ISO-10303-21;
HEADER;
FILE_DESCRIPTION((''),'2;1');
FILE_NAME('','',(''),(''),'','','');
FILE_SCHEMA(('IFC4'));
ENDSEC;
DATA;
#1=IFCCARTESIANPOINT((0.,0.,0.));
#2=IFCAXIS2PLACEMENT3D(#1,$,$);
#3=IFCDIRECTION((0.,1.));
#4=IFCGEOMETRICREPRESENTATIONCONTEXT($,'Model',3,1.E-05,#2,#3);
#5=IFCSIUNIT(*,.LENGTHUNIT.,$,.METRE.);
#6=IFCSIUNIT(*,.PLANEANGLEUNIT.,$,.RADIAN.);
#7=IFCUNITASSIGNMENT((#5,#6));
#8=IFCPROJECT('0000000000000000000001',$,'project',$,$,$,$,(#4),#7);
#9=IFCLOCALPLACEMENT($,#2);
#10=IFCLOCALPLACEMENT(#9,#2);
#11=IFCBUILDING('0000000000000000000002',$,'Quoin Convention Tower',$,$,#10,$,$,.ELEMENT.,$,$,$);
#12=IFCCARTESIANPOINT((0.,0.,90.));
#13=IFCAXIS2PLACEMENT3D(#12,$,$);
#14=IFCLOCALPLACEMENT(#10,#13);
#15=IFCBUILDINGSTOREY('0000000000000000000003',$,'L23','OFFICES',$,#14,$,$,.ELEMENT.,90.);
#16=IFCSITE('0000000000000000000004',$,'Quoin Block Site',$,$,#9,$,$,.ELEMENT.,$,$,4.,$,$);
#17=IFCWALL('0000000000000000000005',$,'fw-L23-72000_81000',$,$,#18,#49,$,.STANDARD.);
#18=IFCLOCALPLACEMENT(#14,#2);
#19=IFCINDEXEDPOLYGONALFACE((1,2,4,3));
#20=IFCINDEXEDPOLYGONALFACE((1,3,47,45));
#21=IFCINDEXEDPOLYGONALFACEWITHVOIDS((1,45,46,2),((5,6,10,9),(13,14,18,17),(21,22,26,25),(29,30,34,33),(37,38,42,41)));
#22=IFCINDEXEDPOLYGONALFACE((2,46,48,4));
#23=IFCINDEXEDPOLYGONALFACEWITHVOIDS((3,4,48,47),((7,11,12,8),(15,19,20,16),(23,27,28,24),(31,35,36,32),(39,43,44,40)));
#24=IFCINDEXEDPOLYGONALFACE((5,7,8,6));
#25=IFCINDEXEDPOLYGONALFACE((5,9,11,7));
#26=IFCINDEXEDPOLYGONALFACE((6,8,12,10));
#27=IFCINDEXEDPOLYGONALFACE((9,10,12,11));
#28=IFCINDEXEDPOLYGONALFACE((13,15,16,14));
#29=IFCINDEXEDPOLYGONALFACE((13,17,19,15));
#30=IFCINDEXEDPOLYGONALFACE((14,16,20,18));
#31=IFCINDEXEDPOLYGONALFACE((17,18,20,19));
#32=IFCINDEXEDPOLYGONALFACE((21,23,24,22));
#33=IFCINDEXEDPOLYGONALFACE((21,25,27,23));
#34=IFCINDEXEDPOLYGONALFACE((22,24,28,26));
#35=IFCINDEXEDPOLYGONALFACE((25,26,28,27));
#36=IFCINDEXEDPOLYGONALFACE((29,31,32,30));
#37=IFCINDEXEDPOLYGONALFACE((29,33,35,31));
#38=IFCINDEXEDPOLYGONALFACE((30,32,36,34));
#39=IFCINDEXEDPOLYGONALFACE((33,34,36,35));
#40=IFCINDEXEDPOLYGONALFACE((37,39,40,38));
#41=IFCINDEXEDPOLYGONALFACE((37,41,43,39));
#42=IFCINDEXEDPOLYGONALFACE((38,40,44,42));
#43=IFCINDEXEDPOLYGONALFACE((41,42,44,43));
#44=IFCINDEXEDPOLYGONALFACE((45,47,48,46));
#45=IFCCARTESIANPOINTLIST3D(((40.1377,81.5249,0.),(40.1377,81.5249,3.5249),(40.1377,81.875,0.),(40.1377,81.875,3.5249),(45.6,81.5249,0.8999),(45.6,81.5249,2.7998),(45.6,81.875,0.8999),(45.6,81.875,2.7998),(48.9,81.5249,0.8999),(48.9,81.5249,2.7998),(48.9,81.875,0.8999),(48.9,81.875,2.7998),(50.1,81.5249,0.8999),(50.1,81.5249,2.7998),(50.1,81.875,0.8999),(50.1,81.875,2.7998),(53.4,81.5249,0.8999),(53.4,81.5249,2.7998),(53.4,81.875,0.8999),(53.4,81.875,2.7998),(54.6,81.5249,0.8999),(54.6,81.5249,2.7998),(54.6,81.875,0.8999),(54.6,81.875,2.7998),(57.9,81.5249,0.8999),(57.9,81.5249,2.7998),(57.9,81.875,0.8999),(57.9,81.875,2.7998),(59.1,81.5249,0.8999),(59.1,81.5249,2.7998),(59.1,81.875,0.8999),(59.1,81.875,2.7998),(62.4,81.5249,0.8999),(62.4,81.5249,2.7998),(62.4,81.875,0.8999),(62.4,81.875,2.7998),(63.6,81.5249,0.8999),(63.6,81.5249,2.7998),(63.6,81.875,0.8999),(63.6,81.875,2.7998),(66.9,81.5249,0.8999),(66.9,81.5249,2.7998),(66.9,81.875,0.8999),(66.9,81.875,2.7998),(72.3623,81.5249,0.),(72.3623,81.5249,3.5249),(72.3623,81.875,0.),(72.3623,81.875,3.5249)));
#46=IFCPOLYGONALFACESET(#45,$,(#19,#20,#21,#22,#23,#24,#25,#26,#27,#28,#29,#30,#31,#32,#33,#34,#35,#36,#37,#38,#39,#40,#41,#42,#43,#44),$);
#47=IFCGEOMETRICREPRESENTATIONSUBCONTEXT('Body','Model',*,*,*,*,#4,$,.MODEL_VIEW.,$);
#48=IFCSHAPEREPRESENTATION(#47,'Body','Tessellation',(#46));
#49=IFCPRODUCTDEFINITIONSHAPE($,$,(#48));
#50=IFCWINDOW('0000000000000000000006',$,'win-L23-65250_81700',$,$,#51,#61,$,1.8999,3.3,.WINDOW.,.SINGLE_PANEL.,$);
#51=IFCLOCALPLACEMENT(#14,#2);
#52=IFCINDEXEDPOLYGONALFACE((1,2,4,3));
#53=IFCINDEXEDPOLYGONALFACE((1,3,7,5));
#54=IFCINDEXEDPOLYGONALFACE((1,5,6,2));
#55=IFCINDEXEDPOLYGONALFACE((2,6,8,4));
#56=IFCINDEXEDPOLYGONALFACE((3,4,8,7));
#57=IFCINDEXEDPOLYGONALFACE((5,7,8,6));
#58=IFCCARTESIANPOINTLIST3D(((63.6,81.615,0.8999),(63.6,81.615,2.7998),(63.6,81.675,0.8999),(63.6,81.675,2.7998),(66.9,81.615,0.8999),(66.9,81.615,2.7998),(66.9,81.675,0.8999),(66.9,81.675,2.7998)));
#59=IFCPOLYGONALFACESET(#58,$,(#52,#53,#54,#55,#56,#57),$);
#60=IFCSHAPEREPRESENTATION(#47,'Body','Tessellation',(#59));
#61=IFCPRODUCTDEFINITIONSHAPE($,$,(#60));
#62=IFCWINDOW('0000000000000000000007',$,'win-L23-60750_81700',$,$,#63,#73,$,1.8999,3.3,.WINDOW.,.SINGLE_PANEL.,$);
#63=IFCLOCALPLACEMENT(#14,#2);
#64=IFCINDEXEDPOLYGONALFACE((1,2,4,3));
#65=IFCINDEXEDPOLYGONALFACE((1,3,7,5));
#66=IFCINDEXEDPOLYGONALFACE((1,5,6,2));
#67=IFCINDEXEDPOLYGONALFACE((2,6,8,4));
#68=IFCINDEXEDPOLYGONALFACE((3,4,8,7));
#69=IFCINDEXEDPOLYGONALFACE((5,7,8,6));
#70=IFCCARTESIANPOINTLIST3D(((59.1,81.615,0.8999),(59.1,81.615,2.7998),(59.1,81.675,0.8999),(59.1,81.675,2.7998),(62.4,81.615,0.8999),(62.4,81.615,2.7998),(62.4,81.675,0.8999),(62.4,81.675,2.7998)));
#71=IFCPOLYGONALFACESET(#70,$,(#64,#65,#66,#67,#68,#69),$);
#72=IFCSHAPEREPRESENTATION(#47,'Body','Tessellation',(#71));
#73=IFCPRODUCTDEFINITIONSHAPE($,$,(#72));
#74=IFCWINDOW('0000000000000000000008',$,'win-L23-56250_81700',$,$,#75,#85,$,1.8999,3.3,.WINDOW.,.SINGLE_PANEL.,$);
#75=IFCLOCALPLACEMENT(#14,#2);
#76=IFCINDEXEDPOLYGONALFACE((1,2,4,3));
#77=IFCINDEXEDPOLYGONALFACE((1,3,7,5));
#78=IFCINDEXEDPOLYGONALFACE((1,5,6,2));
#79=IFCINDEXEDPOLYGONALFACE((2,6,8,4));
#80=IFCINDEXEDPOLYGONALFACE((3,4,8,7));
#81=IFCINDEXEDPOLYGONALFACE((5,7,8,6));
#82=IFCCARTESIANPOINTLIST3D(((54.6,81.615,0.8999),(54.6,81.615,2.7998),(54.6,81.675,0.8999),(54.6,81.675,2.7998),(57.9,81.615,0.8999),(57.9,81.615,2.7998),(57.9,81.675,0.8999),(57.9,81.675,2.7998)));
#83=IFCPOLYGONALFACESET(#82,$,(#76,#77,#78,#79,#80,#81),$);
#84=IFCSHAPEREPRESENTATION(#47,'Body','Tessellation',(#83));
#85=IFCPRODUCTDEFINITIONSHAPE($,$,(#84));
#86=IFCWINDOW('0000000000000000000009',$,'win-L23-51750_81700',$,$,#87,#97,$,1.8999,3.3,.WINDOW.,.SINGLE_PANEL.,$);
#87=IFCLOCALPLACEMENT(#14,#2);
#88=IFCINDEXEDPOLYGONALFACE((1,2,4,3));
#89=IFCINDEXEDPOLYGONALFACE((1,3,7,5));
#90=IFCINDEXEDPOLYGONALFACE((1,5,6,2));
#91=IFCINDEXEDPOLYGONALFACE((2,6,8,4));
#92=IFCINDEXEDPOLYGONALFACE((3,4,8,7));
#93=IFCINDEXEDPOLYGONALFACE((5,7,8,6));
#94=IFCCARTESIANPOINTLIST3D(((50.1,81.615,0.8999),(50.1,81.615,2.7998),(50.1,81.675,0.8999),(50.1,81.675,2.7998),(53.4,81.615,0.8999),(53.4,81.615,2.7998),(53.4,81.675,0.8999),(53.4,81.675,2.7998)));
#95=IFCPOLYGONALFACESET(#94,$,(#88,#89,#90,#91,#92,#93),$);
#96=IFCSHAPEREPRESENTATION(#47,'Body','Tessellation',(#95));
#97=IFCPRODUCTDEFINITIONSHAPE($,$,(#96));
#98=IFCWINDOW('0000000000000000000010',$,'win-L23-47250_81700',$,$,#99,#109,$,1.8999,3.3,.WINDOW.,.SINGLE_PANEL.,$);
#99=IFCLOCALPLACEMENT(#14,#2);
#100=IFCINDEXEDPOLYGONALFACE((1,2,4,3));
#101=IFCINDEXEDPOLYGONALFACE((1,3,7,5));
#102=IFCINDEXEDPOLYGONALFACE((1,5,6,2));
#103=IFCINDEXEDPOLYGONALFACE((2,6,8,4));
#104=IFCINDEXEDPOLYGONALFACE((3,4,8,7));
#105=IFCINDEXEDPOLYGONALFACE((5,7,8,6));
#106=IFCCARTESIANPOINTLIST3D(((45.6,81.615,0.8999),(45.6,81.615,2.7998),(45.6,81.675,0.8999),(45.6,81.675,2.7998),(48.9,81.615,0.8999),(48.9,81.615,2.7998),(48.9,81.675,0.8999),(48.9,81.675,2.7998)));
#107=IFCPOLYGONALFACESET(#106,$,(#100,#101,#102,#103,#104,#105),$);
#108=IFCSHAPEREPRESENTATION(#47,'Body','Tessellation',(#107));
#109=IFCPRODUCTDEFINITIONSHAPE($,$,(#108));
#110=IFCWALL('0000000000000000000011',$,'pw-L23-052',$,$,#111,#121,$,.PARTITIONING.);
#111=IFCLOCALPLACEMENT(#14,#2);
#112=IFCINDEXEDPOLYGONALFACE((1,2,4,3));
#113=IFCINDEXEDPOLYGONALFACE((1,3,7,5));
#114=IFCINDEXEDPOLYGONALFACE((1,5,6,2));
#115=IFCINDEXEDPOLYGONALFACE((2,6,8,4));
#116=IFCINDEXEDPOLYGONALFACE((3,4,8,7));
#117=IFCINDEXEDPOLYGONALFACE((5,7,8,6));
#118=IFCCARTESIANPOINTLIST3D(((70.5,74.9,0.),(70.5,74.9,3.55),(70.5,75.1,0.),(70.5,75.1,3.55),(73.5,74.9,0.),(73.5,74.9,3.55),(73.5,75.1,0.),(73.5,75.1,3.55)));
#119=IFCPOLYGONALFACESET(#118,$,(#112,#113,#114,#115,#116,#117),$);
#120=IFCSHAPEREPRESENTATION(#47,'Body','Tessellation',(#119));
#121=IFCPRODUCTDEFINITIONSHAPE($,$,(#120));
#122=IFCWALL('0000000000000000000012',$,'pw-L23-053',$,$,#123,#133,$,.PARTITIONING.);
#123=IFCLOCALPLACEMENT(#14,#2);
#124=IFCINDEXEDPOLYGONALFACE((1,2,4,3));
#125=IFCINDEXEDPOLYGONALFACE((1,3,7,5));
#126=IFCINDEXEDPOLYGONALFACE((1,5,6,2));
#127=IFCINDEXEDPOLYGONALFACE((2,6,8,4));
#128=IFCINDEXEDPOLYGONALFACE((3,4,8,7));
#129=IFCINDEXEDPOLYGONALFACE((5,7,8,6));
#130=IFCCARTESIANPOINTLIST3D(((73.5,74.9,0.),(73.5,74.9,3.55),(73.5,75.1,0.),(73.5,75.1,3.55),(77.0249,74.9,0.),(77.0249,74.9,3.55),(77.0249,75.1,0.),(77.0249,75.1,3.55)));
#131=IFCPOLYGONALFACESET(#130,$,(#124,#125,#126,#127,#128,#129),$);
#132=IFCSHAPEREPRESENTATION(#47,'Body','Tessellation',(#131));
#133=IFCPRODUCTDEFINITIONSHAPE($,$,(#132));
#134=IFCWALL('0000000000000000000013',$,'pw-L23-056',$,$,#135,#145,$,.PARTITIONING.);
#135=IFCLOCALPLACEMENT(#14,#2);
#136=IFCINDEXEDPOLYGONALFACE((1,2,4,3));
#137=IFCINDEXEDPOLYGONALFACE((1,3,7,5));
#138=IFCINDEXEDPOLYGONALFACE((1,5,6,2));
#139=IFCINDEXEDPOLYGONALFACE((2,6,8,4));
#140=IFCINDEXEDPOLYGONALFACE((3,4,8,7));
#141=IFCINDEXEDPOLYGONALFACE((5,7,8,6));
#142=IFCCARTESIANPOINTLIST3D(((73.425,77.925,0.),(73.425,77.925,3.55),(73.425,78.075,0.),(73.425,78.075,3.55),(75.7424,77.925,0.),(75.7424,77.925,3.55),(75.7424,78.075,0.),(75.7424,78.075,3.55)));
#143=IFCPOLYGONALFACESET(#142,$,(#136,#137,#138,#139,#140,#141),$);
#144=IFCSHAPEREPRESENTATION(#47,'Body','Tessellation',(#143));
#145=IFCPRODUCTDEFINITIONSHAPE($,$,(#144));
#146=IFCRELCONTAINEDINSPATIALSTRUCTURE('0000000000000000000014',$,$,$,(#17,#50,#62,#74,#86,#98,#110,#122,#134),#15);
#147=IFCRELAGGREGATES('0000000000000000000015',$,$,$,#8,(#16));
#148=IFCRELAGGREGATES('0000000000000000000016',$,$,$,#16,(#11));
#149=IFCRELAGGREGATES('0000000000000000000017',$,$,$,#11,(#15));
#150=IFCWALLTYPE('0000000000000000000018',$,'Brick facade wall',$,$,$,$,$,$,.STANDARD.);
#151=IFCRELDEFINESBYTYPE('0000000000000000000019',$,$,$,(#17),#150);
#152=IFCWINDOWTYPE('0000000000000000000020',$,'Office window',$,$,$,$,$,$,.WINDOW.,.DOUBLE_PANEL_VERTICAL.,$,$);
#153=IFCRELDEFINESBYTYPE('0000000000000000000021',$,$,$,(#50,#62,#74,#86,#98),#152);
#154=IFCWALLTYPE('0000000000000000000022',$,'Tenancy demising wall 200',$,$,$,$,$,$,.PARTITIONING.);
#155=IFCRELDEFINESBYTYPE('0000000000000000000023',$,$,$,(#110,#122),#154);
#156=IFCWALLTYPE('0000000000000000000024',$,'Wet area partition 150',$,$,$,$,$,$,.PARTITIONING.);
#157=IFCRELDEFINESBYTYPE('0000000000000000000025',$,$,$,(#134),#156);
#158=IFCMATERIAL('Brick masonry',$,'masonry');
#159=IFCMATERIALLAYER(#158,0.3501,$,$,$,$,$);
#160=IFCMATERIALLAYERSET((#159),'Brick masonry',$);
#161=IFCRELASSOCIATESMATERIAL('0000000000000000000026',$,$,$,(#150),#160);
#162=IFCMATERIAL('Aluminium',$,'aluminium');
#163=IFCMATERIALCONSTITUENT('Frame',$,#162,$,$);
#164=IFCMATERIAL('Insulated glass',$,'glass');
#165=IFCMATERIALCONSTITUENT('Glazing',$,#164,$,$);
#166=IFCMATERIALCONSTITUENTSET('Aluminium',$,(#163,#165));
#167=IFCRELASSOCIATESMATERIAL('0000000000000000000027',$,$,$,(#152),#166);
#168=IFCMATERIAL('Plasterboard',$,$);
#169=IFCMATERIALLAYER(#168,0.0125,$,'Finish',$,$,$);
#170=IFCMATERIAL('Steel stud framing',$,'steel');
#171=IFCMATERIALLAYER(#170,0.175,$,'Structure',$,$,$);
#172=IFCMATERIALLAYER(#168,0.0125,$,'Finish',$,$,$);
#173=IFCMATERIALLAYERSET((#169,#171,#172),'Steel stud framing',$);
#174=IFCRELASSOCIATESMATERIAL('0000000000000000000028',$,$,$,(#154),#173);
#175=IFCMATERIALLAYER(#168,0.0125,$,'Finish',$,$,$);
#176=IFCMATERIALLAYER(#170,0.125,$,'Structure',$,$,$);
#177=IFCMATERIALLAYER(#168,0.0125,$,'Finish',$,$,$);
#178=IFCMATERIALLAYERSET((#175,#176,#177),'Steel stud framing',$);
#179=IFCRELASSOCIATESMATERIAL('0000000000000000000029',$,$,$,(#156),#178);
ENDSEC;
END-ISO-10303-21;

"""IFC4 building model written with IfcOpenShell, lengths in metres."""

from ifc_helpers import new_model, si_unit, direction, frame, frame_2d, origin, place, context, subcontext, project, spatial, rectangle, extrude, material, layer, layer_set, constituent, constituent_set, type_object, element, fill, save


model = new_model("IFC4")

# Units and contexts
model_context = context("Model", 3, precision=1e-05, world=origin(), true_north=direction((0.0, 1.0)))
body_context = subcontext(model_context, "Body", "Model", "MODEL_VIEW")
ifc_project = project(units=[si_unit("LENGTHUNIT", "METRE"), si_unit("PLANEANGLEUNIT", "RADIAN")], contexts=[model_context])

# Site, building, storey
site_placement = place(None, origin())
site = spatial("IfcSite", under=ifc_project, at=site_placement, Name="Quoin Block Site", CompositionType="ELEMENT", RefElevation=4.0)
building_placement = place(site_placement, origin())
building = spatial("IfcBuilding", under=site, at=building_placement, Name="Quoin Convention Tower", CompositionType="ELEMENT")
storey_placement = place(building_placement, frame((0.0, 0.0, 90.0)))
storey = spatial("IfcBuildingStorey", under=building, at=storey_placement, Name="L23", Description="OFFICES", CompositionType="ELEMENT", Elevation=90.0)

# Shared definitions
ifc_material_1 = material(Name="Brick masonry", Category="masonry")
ifc_layer_1 = layer(ifc_material_1, 0.3501)
ifc_layer_set_1 = layer_set([ifc_layer_1], Name="Brick masonry")
wall_type_1 = type_object("IfcWallType", Name="Brick facade wall", PredefinedType="STANDARD", material=ifc_layer_set_1)
ifc_material_2 = material(Name="Aluminium", Category="aluminium")
ifc_constituent_1 = constituent(ifc_material_2, Name="Frame")
ifc_material_3 = material(Name="Insulated glass", Category="glass")
ifc_constituent_2 = constituent(ifc_material_3, Name="Glazing")
ifc_constituent_set = constituent_set(constituents=[ifc_constituent_1, ifc_constituent_2], Name="Aluminium")
window_type = type_object("IfcWindowType", Name="Office window", PartitioningType="DOUBLE_PANEL_VERTICAL", PredefinedType="WINDOW", material=ifc_constituent_set)

# Wall, openings, windows
wall_1_placement = place(storey_placement, frame((72.3623, 81.7, 0.0), z_axis=(0.0, 0.0, 1.0), x_axis=(-1.0, 0.0, 0.0)))
wall_1 = element("IfcWall", 1, at=wall_1_placement, inside=storey, type_object=wall_type_1, Name="fw-L23-72000_81000", PredefinedType="STANDARD", context=body_context, shape_type="SweptSolid", body=[
    extrude(rectangle(XDim=32.2246, YDim=0.3501, at=frame_2d((16.1123, 0.0))), origin(), (0.0, 0.0, 1.0), 3.5249),
])
opening_1_placement = place(wall_1_placement, frame((5.4624, 0.0, 0.8999)))
opening_1 = element("IfcOpeningElement", 2, at=opening_1_placement, cuts=wall_1, PredefinedType="OPENING", context=body_context, shape_type="SweptSolid", body=[
    extrude(rectangle(XDim=3.3, YDim=1.8999, at=frame_2d((1.6499, 0.95))), frame((0.0, 0.1851, 0.0), z_axis=(0.0, -1.0, 0.0), x_axis=(1.0, 0.0, 0.0)), (0.0, 0.0, 1.0), 0.3701),
])
opening_2_placement = place(wall_1_placement, frame((9.9624, 0.0, 0.8999)))
opening_2 = element("IfcOpeningElement", 3, at=opening_2_placement, cuts=wall_1, PredefinedType="OPENING", context=body_context, shape_type="SweptSolid", body=[
    extrude(rectangle(XDim=3.3, YDim=1.8999, at=frame_2d((1.6499, 0.95))), frame((0.0, 0.1851, 0.0), z_axis=(0.0, -1.0, 0.0), x_axis=(1.0, 0.0, 0.0)), (0.0, 0.0, 1.0), 0.3701),
])
opening_3_placement = place(wall_1_placement, frame((14.4624, 0.0, 0.8999)))
opening_3 = element("IfcOpeningElement", 4, at=opening_3_placement, cuts=wall_1, PredefinedType="OPENING", context=body_context, shape_type="SweptSolid", body=[
    extrude(rectangle(XDim=3.3, YDim=1.8999, at=frame_2d((1.6499, 0.95))), frame((0.0, 0.1851, 0.0), z_axis=(0.0, -1.0, 0.0), x_axis=(1.0, 0.0, 0.0)), (0.0, 0.0, 1.0), 0.3701),
])
opening_4_placement = place(wall_1_placement, frame((18.9624, 0.0, 0.8999)))
opening_4 = element("IfcOpeningElement", 5, at=opening_4_placement, cuts=wall_1, PredefinedType="OPENING", context=body_context, shape_type="SweptSolid", body=[
    extrude(rectangle(XDim=3.3, YDim=1.8999, at=frame_2d((1.6499, 0.95))), frame((0.0, 0.1851, 0.0), z_axis=(0.0, -1.0, 0.0), x_axis=(1.0, 0.0, 0.0)), (0.0, 0.0, 1.0), 0.3701),
])
opening_5_placement = place(wall_1_placement, frame((23.4624, 0.0, 0.8999)))
opening_5 = element("IfcOpeningElement", 6, at=opening_5_placement, cuts=wall_1, PredefinedType="OPENING", context=body_context, shape_type="SweptSolid", body=[
    extrude(rectangle(XDim=3.3, YDim=1.8999, at=frame_2d((1.6499, 0.95))), frame((0.0, 0.1851, 0.0), z_axis=(0.0, -1.0, 0.0), x_axis=(1.0, 0.0, 0.0)), (0.0, 0.0, 1.0), 0.3701),
])
window_1_placement = place(opening_1_placement, origin())
window_1 = element("IfcWindow", 7, at=window_1_placement, inside=storey, type_object=window_type, Name="win-L23-65250_81700", OverallHeight=1.8999, OverallWidth=3.3, PartitioningType="SINGLE_PANEL", PredefinedType="WINDOW", context=body_context, shape_type="SweptSolid", body=[
    extrude(rectangle(XDim=3.3, YDim=1.8999, at=frame_2d((1.6499, 0.95))), frame((0.0, 0.085, 0.0), z_axis=(0.0, -1.0, 0.0), x_axis=(1.0, 0.0, 0.0)), (0.0, 0.0, 1.0), 0.0601),
])
fill(opening_1, window_1)
window_2_placement = place(opening_2_placement, origin())
window_2 = element("IfcWindow", 8, at=window_2_placement, inside=storey, type_object=window_type, Name="win-L23-60750_81700", OverallHeight=1.8999, OverallWidth=3.3, PartitioningType="SINGLE_PANEL", PredefinedType="WINDOW", context=body_context, shape_type="SweptSolid", body=[
    extrude(rectangle(XDim=3.3, YDim=1.8999, at=frame_2d((1.6499, 0.95))), frame((0.0, 0.085, 0.0), z_axis=(0.0, -1.0, 0.0), x_axis=(1.0, 0.0, 0.0)), (0.0, 0.0, 1.0), 0.0601),
])
fill(opening_2, window_2)
window_3_placement = place(opening_3_placement, origin())
window_3 = element("IfcWindow", 9, at=window_3_placement, inside=storey, type_object=window_type, Name="win-L23-56250_81700", OverallHeight=1.8999, OverallWidth=3.3, PartitioningType="SINGLE_PANEL", PredefinedType="WINDOW", context=body_context, shape_type="SweptSolid", body=[
    extrude(rectangle(XDim=3.3, YDim=1.8999, at=frame_2d((1.6499, 0.95))), frame((0.0, 0.085, 0.0), z_axis=(0.0, -1.0, 0.0), x_axis=(1.0, 0.0, 0.0)), (0.0, 0.0, 1.0), 0.0601),
])
fill(opening_3, window_3)
window_4_placement = place(opening_4_placement, origin())
window_4 = element("IfcWindow", 10, at=window_4_placement, inside=storey, type_object=window_type, Name="win-L23-51750_81700", OverallHeight=1.8999, OverallWidth=3.3, PartitioningType="SINGLE_PANEL", PredefinedType="WINDOW", context=body_context, shape_type="SweptSolid", body=[
    extrude(rectangle(XDim=3.3, YDim=1.8999, at=frame_2d((1.6499, 0.95))), frame((0.0, 0.085, 0.0), z_axis=(0.0, -1.0, 0.0), x_axis=(1.0, 0.0, 0.0)), (0.0, 0.0, 1.0), 0.0601),
])
fill(opening_4, window_4)
window_5_placement = place(opening_5_placement, origin())
window_5 = element("IfcWindow", 11, at=window_5_placement, inside=storey, type_object=window_type, Name="win-L23-47250_81700", OverallHeight=1.8999, OverallWidth=3.3, PartitioningType="SINGLE_PANEL", PredefinedType="WINDOW", context=body_context, shape_type="SweptSolid", body=[
    extrude(rectangle(XDim=3.3, YDim=1.8999, at=frame_2d((1.6499, 0.95))), frame((0.0, 0.085, 0.0), z_axis=(0.0, -1.0, 0.0), x_axis=(1.0, 0.0, 0.0)), (0.0, 0.0, 1.0), 0.0601),
])
fill(opening_5, window_5)

# Walls
ifc_material_4 = material(Name="Plasterboard")
ifc_layer_2 = layer(ifc_material_4, 0.0125, Name="Finish")
ifc_material_5 = material(Name="Steel stud framing", Category="steel")
ifc_layer_3 = layer(ifc_material_5, 0.175, Name="Structure")
ifc_layer_4 = layer(ifc_material_4, 0.0125, Name="Finish")
ifc_layer_set_2 = layer_set([ifc_layer_2, ifc_layer_3, ifc_layer_4], Name="Steel stud framing")
wall_type_2 = type_object("IfcWallType", Name="Tenancy demising wall 200", PredefinedType="PARTITIONING", material=ifc_layer_set_2)
wall_2_placement = place(storey_placement, frame((70.5, 75.0, 0.0), z_axis=(0.0, 0.0, 1.0), x_axis=(1.0, 0.0, 0.0)))
element("IfcWall", 12, at=wall_2_placement, inside=storey, type_object=wall_type_2, Name="pw-L23-052", PredefinedType="PARTITIONING", context=body_context, shape_type="SweptSolid", body=[
    extrude(rectangle(XDim=3.0, YDim=0.2, at=frame_2d((1.5, 0.0))), origin(), (0.0, 0.0, 1.0), 3.55),
])
wall_3_placement = place(storey_placement, frame((73.5, 75.0, 0.0), z_axis=(0.0, 0.0, 1.0), x_axis=(1.0, 0.0, 0.0)))
element("IfcWall", 13, at=wall_3_placement, inside=storey, type_object=wall_type_2, Name="pw-L23-053", PredefinedType="PARTITIONING", context=body_context, shape_type="SweptSolid", body=[
    extrude(rectangle(XDim=3.5249, YDim=0.2, at=frame_2d((1.7625, 0.0))), origin(), (0.0, 0.0, 1.0), 3.55),
])
ifc_layer_5 = layer(ifc_material_4, 0.0125, Name="Finish")
ifc_layer_6 = layer(ifc_material_5, 0.125, Name="Structure")
ifc_layer_7 = layer(ifc_material_4, 0.0125, Name="Finish")
ifc_layer_set_3 = layer_set([ifc_layer_5, ifc_layer_6, ifc_layer_7], Name="Steel stud framing")
wall_type_3 = type_object("IfcWallType", Name="Wet area partition 150", PredefinedType="PARTITIONING", material=ifc_layer_set_3)
wall_4_placement = place(storey_placement, frame((73.425, 78.0, 0.0), z_axis=(0.0, 0.0, 1.0), x_axis=(1.0, 0.0, 0.0)))
element("IfcWall", 14, at=wall_4_placement, inside=storey, type_object=wall_type_3, Name="pw-L23-056", PredefinedType="PARTITIONING", context=body_context, shape_type="SweptSolid", body=[
    extrude(rectangle(XDim=2.3174, YDim=0.1499, at=frame_2d((1.1587, 0.0))), origin(), (0.0, 0.0, 1.0), 3.55),
])

save(model, "model.ifc")
